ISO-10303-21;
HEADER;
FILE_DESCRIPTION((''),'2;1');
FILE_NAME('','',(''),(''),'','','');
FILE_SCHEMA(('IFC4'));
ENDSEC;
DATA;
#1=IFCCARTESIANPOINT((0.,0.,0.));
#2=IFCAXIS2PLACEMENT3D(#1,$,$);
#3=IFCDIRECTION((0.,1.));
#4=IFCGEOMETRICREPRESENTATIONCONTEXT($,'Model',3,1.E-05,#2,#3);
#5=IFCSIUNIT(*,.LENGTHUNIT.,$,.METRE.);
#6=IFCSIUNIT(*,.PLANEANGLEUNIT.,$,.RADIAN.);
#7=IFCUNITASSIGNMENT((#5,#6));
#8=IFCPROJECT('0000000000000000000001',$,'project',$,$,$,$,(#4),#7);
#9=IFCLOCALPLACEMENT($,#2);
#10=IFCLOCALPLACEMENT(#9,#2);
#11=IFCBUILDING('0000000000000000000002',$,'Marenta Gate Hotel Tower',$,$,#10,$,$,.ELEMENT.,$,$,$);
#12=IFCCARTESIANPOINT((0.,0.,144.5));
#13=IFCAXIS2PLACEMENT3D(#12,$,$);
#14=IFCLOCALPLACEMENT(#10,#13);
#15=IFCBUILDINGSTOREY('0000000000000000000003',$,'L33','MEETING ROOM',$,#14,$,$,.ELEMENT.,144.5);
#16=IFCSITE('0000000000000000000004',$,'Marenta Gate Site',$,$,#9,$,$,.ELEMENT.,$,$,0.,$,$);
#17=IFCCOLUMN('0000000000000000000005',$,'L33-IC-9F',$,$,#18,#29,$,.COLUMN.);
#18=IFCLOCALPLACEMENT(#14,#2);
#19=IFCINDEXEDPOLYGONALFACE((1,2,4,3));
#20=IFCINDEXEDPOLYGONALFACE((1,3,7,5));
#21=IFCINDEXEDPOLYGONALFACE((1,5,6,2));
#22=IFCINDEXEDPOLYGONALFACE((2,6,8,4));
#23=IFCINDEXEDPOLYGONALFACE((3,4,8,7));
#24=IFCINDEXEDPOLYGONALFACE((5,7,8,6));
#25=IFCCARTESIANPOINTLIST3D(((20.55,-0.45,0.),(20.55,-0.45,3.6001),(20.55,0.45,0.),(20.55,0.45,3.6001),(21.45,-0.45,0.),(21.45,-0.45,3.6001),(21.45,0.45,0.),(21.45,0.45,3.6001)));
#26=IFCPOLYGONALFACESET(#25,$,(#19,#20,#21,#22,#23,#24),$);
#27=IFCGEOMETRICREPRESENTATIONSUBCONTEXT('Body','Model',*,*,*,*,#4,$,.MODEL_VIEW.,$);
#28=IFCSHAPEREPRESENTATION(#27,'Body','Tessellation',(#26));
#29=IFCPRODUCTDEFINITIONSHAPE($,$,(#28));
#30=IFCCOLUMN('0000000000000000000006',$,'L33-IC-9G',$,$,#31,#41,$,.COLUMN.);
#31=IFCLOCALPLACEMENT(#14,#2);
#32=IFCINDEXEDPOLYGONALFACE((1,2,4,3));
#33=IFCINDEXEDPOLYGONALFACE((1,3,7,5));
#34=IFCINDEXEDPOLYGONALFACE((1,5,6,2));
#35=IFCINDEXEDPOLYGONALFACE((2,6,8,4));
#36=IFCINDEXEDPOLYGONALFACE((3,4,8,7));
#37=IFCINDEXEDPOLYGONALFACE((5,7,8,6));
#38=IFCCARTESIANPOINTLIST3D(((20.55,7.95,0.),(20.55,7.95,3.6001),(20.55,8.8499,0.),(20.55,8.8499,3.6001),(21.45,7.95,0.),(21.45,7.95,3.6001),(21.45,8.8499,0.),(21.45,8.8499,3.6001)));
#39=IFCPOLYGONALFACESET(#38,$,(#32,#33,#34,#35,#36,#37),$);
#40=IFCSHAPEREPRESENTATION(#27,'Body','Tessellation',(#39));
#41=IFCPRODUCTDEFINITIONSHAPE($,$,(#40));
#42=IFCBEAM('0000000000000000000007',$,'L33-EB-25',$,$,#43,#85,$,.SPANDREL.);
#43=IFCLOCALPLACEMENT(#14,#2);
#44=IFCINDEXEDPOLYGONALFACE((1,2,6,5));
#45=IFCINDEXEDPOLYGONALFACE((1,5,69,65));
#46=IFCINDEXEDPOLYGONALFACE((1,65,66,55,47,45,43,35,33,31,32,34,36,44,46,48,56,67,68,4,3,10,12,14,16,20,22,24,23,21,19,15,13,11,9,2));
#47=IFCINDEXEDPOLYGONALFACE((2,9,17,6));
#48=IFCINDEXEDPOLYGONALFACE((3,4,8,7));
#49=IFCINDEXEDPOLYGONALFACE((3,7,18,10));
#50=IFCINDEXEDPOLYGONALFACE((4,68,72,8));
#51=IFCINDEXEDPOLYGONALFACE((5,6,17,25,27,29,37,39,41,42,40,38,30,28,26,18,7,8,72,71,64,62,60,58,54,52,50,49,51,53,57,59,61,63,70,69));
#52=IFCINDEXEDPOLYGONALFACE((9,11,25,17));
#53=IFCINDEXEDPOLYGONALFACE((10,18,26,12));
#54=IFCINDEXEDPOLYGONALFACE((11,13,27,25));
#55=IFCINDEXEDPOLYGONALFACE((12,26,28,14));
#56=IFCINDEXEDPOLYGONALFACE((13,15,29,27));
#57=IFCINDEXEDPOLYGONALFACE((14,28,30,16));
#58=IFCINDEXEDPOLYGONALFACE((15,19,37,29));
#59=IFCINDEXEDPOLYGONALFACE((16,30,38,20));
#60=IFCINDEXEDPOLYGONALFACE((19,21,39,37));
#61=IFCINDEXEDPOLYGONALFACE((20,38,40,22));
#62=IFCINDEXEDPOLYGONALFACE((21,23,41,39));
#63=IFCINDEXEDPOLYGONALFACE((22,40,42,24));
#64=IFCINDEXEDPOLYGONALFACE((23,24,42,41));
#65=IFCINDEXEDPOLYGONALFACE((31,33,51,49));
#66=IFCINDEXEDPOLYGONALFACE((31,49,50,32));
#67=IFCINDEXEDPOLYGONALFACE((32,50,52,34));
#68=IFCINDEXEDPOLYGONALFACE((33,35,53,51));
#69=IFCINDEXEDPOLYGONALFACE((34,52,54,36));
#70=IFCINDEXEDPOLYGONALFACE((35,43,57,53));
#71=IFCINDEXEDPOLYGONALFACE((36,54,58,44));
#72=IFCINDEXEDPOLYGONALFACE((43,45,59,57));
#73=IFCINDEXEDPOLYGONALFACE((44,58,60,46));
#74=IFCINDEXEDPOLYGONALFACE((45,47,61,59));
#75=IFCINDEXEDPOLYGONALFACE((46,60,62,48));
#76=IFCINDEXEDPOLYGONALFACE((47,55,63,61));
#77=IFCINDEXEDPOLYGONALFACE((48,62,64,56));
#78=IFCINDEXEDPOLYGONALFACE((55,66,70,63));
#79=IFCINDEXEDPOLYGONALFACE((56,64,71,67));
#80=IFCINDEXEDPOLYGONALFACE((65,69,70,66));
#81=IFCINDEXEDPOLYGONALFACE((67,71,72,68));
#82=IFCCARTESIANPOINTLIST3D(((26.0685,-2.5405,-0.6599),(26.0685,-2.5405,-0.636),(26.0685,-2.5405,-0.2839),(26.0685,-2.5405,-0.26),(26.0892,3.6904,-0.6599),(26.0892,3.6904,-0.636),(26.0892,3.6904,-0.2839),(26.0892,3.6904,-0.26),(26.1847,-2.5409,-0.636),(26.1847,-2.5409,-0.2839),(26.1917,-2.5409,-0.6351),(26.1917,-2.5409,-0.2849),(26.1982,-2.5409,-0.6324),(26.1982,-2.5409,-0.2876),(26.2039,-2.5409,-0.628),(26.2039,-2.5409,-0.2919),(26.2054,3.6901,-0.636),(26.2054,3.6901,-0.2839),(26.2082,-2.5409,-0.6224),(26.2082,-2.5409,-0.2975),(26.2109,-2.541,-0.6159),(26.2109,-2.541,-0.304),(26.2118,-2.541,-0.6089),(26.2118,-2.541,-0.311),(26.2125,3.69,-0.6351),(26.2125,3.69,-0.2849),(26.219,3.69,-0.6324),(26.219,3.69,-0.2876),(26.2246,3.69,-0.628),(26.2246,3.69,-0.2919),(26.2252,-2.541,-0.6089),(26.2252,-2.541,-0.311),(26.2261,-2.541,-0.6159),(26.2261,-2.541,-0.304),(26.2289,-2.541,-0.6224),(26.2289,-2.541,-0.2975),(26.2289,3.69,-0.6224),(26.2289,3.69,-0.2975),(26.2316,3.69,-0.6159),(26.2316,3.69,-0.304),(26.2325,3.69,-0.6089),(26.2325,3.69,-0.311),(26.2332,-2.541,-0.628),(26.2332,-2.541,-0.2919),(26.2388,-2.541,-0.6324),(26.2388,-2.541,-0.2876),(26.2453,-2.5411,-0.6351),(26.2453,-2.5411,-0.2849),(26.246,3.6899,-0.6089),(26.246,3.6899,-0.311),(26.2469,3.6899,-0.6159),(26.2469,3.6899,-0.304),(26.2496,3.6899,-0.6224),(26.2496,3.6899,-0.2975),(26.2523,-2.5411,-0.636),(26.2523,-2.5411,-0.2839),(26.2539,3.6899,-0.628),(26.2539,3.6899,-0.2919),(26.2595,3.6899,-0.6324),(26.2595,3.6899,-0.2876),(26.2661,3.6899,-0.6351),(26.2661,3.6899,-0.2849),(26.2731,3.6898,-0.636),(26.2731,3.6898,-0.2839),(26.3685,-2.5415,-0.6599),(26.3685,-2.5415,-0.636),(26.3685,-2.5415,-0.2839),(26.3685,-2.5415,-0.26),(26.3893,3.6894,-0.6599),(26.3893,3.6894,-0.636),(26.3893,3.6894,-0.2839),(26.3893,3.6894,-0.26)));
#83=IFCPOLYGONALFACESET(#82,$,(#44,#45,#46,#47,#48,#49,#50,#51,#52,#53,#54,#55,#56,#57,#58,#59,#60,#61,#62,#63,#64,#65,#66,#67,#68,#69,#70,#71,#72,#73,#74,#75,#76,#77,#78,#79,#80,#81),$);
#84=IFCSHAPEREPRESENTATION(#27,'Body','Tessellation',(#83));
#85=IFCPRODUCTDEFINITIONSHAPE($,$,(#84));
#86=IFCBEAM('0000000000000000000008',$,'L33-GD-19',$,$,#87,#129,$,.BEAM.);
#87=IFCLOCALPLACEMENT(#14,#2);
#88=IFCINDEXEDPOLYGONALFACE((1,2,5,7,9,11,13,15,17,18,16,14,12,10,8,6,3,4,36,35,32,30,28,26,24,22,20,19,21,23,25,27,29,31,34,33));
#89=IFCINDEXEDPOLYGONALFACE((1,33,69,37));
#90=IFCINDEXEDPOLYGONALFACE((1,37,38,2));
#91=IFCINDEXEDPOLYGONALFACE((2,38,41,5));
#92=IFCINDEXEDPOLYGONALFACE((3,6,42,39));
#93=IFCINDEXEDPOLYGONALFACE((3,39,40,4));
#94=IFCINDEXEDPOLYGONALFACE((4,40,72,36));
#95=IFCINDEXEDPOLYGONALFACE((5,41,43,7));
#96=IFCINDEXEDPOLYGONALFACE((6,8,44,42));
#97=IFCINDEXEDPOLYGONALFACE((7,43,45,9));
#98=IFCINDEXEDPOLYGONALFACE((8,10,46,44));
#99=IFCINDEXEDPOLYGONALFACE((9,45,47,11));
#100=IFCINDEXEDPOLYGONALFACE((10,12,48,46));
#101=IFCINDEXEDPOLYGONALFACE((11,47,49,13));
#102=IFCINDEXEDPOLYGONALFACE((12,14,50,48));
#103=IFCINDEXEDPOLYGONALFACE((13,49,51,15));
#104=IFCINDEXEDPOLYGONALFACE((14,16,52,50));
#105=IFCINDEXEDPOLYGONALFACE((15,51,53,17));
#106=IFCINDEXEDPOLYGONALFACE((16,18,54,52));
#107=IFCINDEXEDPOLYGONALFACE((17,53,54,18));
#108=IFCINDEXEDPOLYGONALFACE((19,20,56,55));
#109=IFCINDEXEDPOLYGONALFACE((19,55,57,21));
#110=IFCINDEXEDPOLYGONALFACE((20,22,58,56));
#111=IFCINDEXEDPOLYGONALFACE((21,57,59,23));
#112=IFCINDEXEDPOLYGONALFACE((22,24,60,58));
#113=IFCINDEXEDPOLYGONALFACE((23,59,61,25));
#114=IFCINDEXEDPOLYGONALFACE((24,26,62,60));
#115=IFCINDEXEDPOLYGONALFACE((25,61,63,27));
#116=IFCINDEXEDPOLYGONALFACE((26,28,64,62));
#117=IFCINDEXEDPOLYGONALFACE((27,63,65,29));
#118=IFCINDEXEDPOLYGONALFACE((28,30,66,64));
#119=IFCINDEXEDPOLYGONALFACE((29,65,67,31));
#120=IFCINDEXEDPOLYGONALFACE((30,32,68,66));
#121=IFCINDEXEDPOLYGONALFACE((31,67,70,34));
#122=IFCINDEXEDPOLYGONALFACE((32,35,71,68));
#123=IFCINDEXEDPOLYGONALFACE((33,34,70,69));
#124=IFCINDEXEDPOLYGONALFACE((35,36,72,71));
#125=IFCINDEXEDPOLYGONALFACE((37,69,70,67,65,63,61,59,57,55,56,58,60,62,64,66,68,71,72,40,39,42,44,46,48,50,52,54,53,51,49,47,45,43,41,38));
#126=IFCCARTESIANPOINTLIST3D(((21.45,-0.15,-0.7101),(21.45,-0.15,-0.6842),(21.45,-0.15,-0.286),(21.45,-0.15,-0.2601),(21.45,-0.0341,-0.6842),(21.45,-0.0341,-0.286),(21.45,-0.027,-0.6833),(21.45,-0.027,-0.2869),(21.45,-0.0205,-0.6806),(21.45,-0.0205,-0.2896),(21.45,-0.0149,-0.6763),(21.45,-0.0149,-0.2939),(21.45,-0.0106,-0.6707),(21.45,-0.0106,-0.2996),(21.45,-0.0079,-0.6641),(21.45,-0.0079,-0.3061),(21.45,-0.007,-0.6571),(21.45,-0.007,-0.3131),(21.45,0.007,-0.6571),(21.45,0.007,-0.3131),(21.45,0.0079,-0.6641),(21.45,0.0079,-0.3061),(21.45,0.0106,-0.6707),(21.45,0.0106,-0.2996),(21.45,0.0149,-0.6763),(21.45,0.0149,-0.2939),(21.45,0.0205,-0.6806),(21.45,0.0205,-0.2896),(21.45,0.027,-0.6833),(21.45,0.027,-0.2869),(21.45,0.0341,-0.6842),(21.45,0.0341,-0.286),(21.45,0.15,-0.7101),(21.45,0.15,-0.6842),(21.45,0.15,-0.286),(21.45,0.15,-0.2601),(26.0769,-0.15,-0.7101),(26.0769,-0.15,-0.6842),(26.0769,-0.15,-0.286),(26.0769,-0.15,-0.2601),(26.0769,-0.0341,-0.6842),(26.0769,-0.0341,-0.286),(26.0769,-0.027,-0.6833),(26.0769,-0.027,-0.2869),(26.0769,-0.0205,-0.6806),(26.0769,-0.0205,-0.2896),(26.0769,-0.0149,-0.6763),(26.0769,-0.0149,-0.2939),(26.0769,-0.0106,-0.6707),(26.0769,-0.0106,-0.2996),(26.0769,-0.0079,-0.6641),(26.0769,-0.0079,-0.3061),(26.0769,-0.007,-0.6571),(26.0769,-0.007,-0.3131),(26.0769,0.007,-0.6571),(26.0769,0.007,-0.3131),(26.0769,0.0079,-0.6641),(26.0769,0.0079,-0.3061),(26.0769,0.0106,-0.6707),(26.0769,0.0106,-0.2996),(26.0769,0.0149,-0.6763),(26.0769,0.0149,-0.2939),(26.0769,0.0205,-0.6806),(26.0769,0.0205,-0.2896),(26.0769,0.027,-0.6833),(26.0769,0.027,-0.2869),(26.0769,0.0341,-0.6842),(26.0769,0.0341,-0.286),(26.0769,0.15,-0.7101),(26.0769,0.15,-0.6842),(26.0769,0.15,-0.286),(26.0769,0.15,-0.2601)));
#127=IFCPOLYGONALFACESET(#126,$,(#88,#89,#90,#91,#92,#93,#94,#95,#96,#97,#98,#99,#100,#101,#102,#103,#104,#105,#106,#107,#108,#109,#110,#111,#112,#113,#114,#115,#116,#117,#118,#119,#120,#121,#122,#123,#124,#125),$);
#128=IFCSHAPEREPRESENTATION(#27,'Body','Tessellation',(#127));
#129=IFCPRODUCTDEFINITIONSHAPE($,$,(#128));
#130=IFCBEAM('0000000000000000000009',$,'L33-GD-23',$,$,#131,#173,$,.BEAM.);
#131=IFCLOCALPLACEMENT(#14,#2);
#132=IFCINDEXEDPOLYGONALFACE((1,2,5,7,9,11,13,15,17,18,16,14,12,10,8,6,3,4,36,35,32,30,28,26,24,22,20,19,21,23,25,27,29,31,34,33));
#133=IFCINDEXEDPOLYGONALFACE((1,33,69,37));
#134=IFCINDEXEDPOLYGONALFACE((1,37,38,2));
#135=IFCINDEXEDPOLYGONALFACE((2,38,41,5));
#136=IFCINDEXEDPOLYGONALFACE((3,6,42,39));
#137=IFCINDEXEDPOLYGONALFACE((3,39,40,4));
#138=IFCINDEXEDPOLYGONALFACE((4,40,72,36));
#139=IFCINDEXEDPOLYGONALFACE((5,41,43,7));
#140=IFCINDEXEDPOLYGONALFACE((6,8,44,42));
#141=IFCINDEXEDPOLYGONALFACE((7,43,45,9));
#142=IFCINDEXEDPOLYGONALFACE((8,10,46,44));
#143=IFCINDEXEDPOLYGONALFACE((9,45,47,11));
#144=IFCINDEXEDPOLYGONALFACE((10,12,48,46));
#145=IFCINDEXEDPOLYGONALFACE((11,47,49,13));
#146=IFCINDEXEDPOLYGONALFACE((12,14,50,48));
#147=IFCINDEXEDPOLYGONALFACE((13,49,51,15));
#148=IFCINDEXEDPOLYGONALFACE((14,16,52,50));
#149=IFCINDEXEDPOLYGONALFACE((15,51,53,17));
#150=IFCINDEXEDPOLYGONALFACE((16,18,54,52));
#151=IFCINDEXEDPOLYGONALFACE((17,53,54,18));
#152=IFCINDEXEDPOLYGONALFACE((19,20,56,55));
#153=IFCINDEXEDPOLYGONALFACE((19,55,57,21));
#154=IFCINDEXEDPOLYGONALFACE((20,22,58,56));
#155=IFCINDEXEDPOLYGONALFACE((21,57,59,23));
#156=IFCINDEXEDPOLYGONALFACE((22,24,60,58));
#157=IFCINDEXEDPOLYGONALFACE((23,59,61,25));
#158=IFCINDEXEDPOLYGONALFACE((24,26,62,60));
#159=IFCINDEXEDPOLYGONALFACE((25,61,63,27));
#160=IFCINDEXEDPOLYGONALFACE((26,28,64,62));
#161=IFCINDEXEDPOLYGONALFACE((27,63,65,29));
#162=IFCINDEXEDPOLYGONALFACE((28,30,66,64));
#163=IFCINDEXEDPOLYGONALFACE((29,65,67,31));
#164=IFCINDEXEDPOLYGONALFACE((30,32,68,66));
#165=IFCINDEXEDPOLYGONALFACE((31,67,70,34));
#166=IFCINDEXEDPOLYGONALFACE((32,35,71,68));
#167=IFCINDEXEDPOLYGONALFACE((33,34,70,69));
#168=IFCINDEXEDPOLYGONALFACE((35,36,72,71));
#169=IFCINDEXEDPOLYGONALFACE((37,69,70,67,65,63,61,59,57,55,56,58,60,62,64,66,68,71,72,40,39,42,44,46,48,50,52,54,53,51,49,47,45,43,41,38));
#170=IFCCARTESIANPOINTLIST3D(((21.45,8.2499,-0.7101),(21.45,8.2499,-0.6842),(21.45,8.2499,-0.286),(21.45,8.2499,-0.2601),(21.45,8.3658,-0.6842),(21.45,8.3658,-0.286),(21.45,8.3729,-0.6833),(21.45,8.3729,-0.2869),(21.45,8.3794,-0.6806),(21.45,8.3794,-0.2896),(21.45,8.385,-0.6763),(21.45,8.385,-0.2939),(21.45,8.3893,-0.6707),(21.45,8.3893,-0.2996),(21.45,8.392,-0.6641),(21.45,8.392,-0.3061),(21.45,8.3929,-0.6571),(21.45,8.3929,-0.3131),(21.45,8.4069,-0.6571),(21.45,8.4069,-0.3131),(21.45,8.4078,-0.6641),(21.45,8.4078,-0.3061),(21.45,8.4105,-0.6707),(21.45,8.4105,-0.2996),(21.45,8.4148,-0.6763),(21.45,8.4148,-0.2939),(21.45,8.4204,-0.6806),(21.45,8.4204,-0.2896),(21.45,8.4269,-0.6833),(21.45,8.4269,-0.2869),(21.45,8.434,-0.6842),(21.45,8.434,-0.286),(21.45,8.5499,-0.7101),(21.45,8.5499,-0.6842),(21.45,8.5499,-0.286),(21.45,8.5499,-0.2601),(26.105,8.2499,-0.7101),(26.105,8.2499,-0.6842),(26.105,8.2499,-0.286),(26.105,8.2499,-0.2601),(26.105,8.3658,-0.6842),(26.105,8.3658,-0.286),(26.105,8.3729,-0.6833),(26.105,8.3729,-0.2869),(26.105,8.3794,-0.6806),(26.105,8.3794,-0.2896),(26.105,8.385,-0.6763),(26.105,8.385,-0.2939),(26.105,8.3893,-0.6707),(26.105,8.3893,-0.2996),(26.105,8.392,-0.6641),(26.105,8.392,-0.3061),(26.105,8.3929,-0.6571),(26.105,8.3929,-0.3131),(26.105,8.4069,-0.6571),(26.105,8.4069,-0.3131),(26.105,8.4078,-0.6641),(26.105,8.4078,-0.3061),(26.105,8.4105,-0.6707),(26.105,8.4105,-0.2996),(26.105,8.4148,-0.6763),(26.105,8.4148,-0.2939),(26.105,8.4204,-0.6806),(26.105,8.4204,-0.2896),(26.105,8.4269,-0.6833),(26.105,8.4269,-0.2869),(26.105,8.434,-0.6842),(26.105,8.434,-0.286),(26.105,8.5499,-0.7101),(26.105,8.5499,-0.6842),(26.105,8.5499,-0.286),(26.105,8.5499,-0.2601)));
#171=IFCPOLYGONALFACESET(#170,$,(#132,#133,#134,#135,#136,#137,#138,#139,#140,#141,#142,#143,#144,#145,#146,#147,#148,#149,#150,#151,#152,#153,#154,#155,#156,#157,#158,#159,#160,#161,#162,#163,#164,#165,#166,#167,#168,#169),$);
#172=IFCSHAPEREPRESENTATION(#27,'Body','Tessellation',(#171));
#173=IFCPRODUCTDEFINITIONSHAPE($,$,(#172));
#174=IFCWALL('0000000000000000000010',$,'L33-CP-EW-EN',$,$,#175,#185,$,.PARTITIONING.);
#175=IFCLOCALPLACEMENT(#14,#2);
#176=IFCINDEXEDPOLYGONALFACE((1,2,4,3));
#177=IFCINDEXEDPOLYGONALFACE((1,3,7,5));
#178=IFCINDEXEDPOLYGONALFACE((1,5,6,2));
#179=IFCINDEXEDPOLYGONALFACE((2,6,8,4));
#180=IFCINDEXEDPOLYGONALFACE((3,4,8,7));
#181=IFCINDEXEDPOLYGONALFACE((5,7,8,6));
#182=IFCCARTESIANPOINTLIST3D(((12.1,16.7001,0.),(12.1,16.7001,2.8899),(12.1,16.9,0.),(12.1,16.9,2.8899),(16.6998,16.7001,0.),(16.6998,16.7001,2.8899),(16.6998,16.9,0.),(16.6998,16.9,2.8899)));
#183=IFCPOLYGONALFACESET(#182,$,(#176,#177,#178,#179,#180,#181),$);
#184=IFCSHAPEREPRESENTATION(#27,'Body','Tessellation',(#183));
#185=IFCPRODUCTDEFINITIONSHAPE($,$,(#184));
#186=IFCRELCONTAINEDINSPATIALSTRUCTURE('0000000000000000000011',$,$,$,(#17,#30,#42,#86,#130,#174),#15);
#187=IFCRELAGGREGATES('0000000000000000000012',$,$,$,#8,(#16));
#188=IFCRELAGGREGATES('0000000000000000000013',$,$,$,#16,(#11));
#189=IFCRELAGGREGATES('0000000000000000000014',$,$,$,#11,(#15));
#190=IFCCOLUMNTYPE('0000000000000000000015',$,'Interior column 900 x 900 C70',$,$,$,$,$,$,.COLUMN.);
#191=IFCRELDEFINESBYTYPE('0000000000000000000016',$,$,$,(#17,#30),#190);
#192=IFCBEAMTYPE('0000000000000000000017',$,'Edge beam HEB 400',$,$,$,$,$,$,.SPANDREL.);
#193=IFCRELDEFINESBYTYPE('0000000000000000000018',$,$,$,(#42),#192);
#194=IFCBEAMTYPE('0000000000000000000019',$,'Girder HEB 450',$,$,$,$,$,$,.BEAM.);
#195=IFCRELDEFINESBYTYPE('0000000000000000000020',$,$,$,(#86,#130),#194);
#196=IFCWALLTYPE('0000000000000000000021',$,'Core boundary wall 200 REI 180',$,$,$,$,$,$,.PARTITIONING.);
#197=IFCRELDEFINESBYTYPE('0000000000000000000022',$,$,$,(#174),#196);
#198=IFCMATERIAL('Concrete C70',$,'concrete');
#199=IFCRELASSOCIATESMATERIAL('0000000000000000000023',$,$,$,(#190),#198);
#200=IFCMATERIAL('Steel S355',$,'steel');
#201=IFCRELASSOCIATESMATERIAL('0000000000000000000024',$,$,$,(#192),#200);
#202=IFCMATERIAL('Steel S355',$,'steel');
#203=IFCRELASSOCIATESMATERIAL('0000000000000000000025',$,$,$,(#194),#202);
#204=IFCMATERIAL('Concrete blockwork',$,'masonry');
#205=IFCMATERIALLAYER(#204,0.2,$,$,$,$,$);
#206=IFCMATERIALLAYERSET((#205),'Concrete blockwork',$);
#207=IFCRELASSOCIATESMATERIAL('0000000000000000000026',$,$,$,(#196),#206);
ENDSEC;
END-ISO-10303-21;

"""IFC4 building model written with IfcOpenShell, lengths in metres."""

from ifc_helpers import new_model, si_unit, direction, frame, frame_2d, origin, origin_2d, place, context, subcontext, project, spatial, rectangle, i_section, extrude, material, layer, layer_set, material_profile, profile_set, type_object, element, save


model = new_model("IFC4")

# Units and contexts
model_context = context("Model", 3, precision=1e-05, world=origin(), true_north=direction((0.0, 1.0)))
body_context = subcontext(model_context, "Body", "Model", "MODEL_VIEW")
ifc_project = project(units=[si_unit("LENGTHUNIT", "METRE"), si_unit("PLANEANGLEUNIT", "RADIAN")], contexts=[model_context])

# Site, building, storey
site_placement = place(None, origin())
site = spatial("IfcSite", under=ifc_project, at=site_placement, Name="Marenta Gate Site", CompositionType="ELEMENT", RefElevation=0.0)
building_placement = place(site_placement, origin())
building = spatial("IfcBuilding", under=site, at=building_placement, Name="Marenta Gate Hotel Tower", CompositionType="ELEMENT")
storey_placement = place(building_placement, frame((0.0, 0.0, 144.5)))
storey = spatial("IfcBuildingStorey", under=building, at=storey_placement, Name="L33", Description="MEETING ROOM", CompositionType="ELEMENT", Elevation=144.5)

# Columns
ifc_material_1 = material(Name="Concrete C70", Category="concrete")
ifc_material_profile_1 = material_profile(ifc_material_1, rectangle(XDim=0.8999, YDim=0.8999, at=origin_2d()), Name="900 x 900")
ifc_profile_set_1 = profile_set([ifc_material_profile_1], Name="Concrete C70")
column_type = type_object("IfcColumnType", Name="Interior column 900 x 900 C70", PredefinedType="COLUMN", material=ifc_profile_set_1)
for number, where, z_axis, x_axis, name in (
    (1, (21.0, 0.0, 0.0), (0.0, 0.0, 1.0), (1.0, 0.0, 0.0), "L33-IC-9F"),
    (2, (21.0, 8.3999, 0.0), (0.0, 0.0, 1.0), (1.0, 0.0, 0.0), "L33-IC-9G"),
):
    element("IfcColumn", number, at=place(storey_placement, frame(where, z_axis=z_axis, x_axis=x_axis)), inside=storey, type_object=column_type, Name=name, PredefinedType="COLUMN", context=body_context, shape_type="SweptSolid", body=[
        extrude(rectangle(XDim=0.8999, YDim=0.8999, at=origin_2d()), origin(), (0.0, 0.0, 1.0), 3.6001),
    ])

# Beams
ifc_material_2 = material(Name="Steel S355", Category="steel")
ifc_material_profile_2 = material_profile(ifc_material_2, i_section(OverallWidth=0.3, OverallDepth=0.3999, WebThickness=0.0134, FlangeThickness=0.0239, FilletRadius=0.0271, at=origin_2d()), Name="HEB 400")
ifc_profile_set_2 = profile_set([ifc_material_profile_2], Name="Steel S355")
beam_type_1 = type_object("IfcBeamType", Name="Edge beam HEB 400", PredefinedType="SPANDREL", material=ifc_profile_set_2)
beam_1_placement = place(storey_placement, frame((26.2393, 3.6899, -0.46), z_axis=(-0.00333, -0.999994, 0.0), x_axis=(0.999994, -0.00333, 0.0)))
element("IfcBeam", 3, at=beam_1_placement, inside=storey, type_object=beam_type_1, Name="L33-EB-25", PredefinedType="SPANDREL", context=body_context, shape_type="SweptSolid", body=[
    extrude(i_section(OverallWidth=0.3, OverallDepth=0.3999, WebThickness=0.0134, FlangeThickness=0.0239, FilletRadius=0.0271, at=origin_2d()), origin(), (0.0, 0.0, 1.0), 6.231),
])
ifc_material_3 = material(Name="Steel S355", Category="steel")
ifc_material_profile_3 = material_profile(ifc_material_3, i_section(OverallWidth=0.3, OverallDepth=0.45, WebThickness=0.0139, FlangeThickness=0.0259, FilletRadius=0.0271, at=origin_2d()), Name="HEB 450")
ifc_profile_set_3 = profile_set([ifc_material_profile_3], Name="Steel S355")
beam_type_2 = type_object("IfcBeamType", Name="Girder HEB 450", PredefinedType="BEAM", material=ifc_profile_set_3)
beam_2_placement = place(storey_placement, frame((21.45, 0.0, -0.4851), z_axis=(1.0, 0.0, 0.0), x_axis=(0.0, 1.0, 0.0)))
element("IfcBeam", 4, at=beam_2_placement, inside=storey, type_object=beam_type_2, Name="L33-GD-19", PredefinedType="BEAM", context=body_context, shape_type="SweptSolid", body=[
    extrude(i_section(OverallWidth=0.3, OverallDepth=0.45, WebThickness=0.0139, FlangeThickness=0.0259, FilletRadius=0.0271, at=origin_2d()), origin(), (0.0, 0.0, 1.0), 4.627),
])
beam_3_placement = place(storey_placement, frame((21.45, 8.3999, -0.4851), z_axis=(1.0, 0.0, 0.0), x_axis=(0.0, 1.0, 0.0)))
element("IfcBeam", 5, at=beam_3_placement, inside=storey, type_object=beam_type_2, Name="L33-GD-23", PredefinedType="BEAM", context=body_context, shape_type="SweptSolid", body=[
    extrude(i_section(OverallWidth=0.3, OverallDepth=0.45, WebThickness=0.0139, FlangeThickness=0.0259, FilletRadius=0.0271, at=origin_2d()), origin(), (0.0, 0.0, 1.0), 4.655),
])

# Wall
ifc_material_4 = material(Name="Concrete blockwork", Category="masonry")
ifc_layer_1 = layer(ifc_material_4, 0.2)
ifc_layer_set_1 = layer_set([ifc_layer_1], Name="Concrete blockwork")
wall_type_1 = type_object("IfcWallType", Name="Core boundary wall 200 REI 180", PredefinedType="PARTITIONING", material=ifc_layer_set_1)
wall_1_placement = place(storey_placement, frame((12.1001, 16.8, 0.0), z_axis=(0.0, 0.0, 1.0), x_axis=(1.0, 0.0, 0.0)))
element("IfcWall", 6, at=wall_1_placement, inside=storey, type_object=wall_type_1, Name="L33-CP-EW-EN", PredefinedType="PARTITIONING", context=body_context, shape_type="SweptSolid", body=[
    extrude(rectangle(XDim=4.5999, YDim=0.2, at=frame_2d((2.2998, 0.0))), origin(), (0.0, 0.0, 1.0), 2.8899),
])

save(model, "model.ifc")
